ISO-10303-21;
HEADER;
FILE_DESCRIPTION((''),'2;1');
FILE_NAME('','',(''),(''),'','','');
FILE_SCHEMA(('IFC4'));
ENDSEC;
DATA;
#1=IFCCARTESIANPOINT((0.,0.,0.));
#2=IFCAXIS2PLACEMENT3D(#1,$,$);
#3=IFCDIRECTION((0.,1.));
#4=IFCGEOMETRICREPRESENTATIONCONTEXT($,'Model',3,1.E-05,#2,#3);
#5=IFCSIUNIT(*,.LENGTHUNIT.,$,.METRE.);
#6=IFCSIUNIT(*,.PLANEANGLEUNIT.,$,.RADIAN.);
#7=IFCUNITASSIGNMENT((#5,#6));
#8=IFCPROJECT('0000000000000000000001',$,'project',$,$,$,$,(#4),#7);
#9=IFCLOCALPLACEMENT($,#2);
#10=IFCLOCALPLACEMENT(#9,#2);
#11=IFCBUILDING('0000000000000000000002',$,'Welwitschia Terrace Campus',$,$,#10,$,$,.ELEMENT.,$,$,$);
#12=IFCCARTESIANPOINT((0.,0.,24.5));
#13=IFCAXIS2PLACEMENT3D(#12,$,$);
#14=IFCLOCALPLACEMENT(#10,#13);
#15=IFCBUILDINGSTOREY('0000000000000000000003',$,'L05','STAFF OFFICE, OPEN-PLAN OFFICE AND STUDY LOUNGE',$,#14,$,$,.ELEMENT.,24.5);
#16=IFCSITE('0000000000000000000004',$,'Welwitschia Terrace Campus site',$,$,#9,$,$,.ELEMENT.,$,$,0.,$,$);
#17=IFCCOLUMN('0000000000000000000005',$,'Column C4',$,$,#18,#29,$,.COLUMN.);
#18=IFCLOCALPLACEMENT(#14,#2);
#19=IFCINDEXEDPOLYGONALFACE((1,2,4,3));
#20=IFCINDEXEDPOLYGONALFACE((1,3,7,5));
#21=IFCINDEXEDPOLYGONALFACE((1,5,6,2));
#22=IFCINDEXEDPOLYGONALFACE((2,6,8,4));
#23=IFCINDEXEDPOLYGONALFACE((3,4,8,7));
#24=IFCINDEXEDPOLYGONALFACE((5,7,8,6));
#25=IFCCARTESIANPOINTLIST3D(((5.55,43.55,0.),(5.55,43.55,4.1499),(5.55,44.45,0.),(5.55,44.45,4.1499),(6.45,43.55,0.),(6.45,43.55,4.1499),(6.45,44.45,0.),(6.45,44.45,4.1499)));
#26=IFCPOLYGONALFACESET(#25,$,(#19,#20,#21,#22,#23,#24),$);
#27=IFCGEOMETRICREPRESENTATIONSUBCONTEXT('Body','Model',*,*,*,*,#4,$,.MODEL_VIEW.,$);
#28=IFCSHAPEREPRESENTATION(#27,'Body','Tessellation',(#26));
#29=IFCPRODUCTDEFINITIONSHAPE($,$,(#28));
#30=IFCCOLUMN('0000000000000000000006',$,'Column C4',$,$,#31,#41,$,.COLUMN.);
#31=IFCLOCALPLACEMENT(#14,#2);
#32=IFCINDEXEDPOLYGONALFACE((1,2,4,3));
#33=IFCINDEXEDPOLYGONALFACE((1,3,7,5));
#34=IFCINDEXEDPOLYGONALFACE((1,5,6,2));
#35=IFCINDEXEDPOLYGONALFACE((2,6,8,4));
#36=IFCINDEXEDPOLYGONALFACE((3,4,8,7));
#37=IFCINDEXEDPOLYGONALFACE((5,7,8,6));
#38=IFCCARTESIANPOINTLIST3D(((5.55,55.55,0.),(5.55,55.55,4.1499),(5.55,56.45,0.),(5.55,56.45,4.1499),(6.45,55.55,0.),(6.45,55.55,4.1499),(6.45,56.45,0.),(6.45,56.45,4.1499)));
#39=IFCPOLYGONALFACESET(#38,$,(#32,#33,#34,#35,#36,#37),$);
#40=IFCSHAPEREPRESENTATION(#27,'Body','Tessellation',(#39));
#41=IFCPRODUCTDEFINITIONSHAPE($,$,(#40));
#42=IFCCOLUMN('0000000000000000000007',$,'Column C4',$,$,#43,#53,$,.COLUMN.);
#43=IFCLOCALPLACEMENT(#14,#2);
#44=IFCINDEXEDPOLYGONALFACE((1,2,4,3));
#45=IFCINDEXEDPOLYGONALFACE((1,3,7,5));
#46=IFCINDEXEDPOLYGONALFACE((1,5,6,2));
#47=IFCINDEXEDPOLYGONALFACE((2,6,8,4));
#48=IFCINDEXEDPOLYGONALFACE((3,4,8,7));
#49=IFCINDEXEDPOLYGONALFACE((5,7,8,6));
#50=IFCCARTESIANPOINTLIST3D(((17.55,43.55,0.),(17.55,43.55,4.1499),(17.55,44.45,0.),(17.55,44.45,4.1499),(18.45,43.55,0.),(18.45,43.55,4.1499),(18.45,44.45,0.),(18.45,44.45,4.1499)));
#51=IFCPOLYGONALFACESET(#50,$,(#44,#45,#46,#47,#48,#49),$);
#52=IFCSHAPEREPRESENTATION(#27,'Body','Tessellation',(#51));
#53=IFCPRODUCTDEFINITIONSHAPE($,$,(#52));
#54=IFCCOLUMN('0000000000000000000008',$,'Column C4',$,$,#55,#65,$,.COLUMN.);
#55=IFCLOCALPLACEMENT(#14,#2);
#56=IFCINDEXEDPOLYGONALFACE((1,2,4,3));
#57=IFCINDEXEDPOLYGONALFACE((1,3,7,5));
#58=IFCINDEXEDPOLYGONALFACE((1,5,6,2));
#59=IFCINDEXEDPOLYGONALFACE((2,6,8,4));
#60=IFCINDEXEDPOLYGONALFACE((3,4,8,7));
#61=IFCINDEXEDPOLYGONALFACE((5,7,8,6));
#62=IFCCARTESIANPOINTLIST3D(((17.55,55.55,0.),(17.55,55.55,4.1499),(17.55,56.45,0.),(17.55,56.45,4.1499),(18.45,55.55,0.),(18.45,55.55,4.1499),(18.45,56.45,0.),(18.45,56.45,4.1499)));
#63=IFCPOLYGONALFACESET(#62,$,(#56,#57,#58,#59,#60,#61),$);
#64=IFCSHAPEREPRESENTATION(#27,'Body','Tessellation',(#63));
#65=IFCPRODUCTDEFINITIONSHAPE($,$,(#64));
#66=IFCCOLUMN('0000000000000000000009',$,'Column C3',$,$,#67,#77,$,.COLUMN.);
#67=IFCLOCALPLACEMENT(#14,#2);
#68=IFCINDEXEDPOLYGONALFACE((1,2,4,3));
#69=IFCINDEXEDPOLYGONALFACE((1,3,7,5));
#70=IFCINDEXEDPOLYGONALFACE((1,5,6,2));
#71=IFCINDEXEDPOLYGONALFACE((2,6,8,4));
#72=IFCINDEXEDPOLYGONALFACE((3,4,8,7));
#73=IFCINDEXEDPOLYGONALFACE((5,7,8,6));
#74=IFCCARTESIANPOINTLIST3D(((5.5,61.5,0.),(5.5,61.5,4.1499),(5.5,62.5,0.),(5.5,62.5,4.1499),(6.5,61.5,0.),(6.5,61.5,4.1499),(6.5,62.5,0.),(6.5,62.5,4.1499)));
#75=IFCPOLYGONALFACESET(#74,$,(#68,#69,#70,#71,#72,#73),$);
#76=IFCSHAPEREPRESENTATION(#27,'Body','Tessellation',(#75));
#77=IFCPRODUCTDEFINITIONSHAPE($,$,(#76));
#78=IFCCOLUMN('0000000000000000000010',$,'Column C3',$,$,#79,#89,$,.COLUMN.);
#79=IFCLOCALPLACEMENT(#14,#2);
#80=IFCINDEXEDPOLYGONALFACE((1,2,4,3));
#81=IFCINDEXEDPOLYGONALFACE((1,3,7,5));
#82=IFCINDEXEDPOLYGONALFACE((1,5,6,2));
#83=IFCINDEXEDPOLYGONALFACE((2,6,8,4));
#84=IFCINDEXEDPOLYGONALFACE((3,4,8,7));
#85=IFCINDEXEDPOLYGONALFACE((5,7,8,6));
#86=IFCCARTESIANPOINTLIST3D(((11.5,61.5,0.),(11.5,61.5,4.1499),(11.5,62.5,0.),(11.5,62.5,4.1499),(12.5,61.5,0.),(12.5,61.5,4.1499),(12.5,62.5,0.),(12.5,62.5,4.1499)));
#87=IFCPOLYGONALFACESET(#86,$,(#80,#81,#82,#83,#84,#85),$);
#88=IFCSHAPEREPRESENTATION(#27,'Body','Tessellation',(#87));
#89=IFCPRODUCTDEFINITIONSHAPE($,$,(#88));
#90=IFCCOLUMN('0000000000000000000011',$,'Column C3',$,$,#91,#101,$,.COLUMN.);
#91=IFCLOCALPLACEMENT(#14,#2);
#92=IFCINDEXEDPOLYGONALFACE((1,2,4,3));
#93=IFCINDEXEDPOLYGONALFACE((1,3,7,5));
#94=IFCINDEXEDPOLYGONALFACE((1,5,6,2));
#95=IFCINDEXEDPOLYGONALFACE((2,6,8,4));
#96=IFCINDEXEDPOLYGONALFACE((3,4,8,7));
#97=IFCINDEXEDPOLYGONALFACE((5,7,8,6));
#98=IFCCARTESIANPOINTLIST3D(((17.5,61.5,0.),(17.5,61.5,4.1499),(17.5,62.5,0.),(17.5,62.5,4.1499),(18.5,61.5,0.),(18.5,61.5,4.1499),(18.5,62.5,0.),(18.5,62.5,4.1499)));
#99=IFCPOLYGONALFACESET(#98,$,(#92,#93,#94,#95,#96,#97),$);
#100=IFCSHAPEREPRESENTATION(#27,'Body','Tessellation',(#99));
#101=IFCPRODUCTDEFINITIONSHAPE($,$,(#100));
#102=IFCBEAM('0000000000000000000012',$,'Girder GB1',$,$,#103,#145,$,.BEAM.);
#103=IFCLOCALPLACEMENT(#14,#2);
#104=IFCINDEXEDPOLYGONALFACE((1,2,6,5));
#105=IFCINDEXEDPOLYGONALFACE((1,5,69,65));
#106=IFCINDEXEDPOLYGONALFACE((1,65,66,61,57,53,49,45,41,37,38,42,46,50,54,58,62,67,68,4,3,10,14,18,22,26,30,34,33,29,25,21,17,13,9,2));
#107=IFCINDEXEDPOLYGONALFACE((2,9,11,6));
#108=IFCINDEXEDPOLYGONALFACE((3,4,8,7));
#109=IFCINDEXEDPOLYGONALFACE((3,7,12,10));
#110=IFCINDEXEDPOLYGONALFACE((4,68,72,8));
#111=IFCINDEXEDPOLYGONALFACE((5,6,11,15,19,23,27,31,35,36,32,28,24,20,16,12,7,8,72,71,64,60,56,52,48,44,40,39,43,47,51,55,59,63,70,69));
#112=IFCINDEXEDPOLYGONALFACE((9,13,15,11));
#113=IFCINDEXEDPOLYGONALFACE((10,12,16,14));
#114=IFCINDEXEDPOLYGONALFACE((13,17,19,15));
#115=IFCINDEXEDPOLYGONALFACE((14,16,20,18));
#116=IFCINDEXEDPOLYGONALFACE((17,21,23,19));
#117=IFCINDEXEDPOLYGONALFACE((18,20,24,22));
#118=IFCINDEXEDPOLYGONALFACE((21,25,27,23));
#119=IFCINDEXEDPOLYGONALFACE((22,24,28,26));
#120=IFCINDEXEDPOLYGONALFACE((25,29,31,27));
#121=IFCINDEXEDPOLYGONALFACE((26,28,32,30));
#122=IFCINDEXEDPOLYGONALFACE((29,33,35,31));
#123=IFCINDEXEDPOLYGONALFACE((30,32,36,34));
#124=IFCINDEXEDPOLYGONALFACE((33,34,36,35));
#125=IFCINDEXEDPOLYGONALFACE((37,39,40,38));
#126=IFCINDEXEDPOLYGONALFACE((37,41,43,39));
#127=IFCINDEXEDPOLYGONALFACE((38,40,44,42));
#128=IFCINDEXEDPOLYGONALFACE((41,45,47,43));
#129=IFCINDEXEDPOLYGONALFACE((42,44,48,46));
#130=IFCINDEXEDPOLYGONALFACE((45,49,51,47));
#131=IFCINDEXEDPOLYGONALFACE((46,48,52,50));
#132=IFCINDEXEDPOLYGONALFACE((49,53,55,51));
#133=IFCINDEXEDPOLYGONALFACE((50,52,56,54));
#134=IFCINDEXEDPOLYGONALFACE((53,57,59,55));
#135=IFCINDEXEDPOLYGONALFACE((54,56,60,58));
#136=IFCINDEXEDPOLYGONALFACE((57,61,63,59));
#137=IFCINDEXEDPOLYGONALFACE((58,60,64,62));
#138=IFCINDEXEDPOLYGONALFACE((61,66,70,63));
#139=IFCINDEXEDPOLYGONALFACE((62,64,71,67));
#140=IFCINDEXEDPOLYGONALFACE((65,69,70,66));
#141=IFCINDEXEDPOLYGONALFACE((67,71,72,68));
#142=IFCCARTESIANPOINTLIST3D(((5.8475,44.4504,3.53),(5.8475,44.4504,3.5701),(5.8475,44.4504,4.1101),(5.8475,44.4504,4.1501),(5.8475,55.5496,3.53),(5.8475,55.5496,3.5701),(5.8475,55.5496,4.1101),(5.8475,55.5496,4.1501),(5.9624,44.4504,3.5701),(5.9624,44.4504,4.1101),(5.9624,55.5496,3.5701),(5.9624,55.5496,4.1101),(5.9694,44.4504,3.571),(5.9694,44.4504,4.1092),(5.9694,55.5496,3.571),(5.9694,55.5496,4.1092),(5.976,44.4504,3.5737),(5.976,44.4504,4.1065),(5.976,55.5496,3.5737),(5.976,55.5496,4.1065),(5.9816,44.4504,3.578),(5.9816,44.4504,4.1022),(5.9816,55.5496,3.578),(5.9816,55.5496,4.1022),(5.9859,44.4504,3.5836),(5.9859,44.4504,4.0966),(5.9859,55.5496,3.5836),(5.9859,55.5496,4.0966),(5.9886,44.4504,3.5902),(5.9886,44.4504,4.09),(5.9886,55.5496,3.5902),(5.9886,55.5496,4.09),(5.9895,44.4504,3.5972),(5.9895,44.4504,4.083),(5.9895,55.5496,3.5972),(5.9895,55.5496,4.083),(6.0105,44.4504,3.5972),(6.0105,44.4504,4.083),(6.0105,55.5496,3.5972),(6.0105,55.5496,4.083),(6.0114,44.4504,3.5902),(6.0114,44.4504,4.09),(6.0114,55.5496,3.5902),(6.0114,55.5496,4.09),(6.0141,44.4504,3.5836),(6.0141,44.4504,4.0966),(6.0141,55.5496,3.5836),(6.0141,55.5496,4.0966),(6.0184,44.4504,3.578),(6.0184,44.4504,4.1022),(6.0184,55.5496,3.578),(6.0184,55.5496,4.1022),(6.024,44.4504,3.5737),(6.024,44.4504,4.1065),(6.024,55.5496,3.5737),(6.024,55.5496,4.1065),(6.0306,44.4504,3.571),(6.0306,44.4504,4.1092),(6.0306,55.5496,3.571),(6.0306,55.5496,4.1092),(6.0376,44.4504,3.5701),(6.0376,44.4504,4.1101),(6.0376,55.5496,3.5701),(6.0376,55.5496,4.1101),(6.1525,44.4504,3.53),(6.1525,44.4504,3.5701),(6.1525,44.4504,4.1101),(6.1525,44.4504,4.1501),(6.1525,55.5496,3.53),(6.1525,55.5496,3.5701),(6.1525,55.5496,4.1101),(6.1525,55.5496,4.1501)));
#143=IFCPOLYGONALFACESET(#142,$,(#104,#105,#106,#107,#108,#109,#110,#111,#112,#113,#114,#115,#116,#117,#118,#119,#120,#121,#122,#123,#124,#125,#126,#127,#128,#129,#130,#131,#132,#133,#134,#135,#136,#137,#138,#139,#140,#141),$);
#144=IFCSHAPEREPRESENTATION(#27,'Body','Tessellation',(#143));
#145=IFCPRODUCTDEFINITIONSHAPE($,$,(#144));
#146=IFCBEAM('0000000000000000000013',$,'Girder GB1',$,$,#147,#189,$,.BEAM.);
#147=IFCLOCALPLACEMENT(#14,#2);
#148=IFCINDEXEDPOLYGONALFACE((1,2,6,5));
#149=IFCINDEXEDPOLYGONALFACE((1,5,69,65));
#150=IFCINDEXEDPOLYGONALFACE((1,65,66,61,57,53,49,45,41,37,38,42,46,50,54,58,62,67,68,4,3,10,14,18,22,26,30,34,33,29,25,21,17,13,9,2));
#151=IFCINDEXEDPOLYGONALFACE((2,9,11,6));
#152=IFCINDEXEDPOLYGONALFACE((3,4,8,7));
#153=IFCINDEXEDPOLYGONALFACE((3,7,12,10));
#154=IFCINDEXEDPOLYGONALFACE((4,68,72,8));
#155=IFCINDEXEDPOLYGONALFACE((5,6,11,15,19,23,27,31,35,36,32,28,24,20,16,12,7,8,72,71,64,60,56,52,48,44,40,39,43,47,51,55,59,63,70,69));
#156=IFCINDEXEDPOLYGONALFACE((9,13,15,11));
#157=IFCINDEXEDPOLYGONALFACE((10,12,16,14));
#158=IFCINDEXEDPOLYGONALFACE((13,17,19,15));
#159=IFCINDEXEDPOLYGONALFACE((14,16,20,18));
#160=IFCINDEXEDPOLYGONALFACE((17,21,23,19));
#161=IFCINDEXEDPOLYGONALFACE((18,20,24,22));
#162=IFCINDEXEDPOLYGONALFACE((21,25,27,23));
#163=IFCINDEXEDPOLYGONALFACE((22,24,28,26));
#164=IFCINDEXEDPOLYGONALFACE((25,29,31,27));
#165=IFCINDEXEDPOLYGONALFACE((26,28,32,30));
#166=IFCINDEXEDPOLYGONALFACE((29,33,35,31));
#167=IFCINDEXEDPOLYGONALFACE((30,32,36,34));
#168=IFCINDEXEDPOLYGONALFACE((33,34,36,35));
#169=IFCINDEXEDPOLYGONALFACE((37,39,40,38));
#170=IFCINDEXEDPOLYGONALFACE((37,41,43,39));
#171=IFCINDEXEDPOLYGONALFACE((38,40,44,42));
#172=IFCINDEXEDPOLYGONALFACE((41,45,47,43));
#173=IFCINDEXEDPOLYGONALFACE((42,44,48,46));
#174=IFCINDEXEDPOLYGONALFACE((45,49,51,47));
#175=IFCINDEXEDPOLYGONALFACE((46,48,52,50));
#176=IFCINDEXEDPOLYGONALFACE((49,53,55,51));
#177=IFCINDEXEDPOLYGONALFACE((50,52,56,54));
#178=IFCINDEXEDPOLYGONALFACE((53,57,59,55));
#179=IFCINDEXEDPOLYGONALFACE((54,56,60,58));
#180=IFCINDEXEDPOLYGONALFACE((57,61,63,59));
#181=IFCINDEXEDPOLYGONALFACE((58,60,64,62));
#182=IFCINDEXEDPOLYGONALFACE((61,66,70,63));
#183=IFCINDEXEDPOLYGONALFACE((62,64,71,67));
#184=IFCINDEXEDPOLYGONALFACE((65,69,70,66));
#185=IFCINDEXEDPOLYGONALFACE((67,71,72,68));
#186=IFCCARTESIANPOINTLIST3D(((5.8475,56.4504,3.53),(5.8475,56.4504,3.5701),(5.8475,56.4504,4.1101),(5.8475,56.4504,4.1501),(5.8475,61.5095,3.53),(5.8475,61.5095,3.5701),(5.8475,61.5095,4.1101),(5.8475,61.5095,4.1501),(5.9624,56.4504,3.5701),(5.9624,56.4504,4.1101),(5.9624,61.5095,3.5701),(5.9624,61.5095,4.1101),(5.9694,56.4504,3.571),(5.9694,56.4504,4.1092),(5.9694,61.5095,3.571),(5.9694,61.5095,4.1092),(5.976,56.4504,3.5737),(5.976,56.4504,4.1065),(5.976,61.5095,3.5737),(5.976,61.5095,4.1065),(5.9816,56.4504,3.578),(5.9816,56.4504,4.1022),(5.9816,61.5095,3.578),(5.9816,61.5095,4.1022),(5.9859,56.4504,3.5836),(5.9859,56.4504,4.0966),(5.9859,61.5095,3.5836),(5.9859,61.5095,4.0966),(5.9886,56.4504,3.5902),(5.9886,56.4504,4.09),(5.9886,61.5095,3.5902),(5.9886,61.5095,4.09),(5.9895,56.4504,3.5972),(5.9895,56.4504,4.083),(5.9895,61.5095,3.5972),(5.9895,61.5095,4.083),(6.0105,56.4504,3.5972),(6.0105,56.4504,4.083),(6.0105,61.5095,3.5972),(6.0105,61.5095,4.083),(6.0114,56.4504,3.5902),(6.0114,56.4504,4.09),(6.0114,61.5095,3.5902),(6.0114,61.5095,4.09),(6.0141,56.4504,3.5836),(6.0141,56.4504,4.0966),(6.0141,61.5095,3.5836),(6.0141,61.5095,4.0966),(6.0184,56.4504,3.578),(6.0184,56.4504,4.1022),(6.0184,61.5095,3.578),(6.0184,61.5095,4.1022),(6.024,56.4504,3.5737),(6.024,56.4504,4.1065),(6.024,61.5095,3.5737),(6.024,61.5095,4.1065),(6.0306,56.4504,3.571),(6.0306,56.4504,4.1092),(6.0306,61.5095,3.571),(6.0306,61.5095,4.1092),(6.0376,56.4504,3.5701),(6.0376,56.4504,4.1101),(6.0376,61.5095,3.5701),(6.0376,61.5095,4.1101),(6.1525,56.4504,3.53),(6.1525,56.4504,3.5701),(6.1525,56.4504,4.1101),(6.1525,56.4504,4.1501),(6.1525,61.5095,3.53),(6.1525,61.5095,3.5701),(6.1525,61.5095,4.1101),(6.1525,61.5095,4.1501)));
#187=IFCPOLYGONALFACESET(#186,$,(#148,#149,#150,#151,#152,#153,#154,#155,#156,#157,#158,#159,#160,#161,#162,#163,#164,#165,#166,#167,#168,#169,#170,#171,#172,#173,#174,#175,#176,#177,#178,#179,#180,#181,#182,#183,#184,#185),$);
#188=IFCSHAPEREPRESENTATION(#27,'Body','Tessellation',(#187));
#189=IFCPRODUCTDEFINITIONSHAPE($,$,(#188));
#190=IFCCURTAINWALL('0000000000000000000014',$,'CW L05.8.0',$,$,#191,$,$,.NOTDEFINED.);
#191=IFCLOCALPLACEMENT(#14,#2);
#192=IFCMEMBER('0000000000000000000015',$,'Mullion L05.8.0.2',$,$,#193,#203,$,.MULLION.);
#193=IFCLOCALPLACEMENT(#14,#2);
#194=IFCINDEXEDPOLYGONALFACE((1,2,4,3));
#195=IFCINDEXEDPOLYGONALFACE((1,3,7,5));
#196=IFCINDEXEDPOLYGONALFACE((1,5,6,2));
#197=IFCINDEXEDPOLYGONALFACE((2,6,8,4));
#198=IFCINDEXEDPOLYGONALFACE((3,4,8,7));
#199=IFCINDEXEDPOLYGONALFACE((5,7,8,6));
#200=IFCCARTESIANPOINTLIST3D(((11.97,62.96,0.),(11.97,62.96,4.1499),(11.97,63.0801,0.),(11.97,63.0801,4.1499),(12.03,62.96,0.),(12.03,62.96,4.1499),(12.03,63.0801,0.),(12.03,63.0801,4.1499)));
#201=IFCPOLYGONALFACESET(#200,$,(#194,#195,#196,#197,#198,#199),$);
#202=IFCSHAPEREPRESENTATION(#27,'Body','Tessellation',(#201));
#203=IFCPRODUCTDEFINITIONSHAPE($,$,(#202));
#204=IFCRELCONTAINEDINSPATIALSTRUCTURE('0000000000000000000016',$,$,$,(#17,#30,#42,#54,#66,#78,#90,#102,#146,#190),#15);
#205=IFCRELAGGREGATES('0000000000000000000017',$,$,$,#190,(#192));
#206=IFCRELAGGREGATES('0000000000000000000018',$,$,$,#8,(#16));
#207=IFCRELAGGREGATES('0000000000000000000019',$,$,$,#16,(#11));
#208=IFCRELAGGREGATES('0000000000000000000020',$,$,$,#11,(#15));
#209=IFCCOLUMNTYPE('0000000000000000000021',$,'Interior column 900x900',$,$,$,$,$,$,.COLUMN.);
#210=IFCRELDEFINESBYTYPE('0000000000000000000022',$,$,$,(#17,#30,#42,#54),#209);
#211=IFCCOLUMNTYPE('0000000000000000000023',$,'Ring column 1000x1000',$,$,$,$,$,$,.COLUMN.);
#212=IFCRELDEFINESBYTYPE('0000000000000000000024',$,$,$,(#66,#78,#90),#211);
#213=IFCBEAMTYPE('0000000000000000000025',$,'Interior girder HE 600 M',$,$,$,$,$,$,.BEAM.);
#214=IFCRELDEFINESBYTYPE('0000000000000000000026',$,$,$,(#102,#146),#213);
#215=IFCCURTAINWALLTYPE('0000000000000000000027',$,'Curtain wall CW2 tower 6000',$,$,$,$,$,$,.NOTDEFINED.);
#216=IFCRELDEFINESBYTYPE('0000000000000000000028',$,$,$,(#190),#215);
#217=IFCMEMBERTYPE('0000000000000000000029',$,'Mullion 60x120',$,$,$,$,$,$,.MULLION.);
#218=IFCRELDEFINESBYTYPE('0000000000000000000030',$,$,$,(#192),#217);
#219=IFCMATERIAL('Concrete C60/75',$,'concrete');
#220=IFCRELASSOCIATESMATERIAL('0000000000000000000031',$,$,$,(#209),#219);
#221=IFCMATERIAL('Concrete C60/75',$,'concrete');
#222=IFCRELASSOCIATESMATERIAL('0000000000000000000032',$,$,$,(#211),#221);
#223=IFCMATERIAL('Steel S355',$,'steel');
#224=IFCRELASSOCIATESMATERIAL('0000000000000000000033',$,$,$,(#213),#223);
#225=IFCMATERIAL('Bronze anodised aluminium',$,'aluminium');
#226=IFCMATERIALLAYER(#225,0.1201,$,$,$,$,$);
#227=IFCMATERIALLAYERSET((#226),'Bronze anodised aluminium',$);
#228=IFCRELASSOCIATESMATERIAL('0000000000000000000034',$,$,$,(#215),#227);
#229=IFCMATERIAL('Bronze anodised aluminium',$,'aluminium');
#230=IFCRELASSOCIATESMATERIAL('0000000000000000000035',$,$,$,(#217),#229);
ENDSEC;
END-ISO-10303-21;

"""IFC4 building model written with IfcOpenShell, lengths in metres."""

from ifc_helpers import new_model, si_unit, direction, frame, origin, origin_2d, place, context, subcontext, project, spatial, rectangle, i_section, extrude, material, layer, layer_set, material_profile, profile_set, type_object, element, aggregate, save


model = new_model("IFC4")

# Units and contexts
model_context = context("Model", 3, precision=1e-05, world=origin(), true_north=direction((0.0, 1.0)))
body_context = subcontext(model_context, "Body", "Model", "MODEL_VIEW")
ifc_project = project(units=[si_unit("LENGTHUNIT", "METRE"), si_unit("PLANEANGLEUNIT", "RADIAN")], contexts=[model_context])

# Site, building, storey
site_placement = place(None, origin())
site = spatial("IfcSite", under=ifc_project, at=site_placement, Name="Welwitschia Terrace Campus site", CompositionType="ELEMENT", RefElevation=0.0)
building_placement = place(site_placement, origin())
building = spatial("IfcBuilding", under=site, at=building_placement, Name="Welwitschia Terrace Campus", CompositionType="ELEMENT")
storey_placement = place(building_placement, frame((0.0, 0.0, 24.5)))
storey = spatial("IfcBuildingStorey", under=building, at=storey_placement, Name="L05", Description="STAFF OFFICE, OPEN-PLAN OFFICE AND STUDY LOUNGE", CompositionType="ELEMENT", Elevation=24.5)

# Columns
ifc_material_1 = material(Name="Concrete C60/75", Category="concrete")
ifc_material_profile_1 = material_profile(ifc_material_1, rectangle(XDim=0.8999, YDim=0.8999, at=origin_2d()))
ifc_profile_set_1 = profile_set([ifc_material_profile_1], Name="Concrete C60/75")
column_type_1 = type_object("IfcColumnType", Name="Interior column 900x900", PredefinedType="COLUMN", material=ifc_profile_set_1)
for number, where, z_axis, x_axis, name in (
    (1, (6.0, 44.0, 0.0), (0.0, 0.0, 1.0), (1.0, 0.0, 0.0), "Column C4"),
    (2, (6.0, 56.0, 0.0), (0.0, 0.0, 1.0), (1.0, 0.0, 0.0), "Column C4"),
    (3, (18.0, 44.0, 0.0), (0.0, 0.0, 1.0), (1.0, 0.0, 0.0), "Column C4"),
    (4, (18.0, 56.0, 0.0), (0.0, 0.0, 1.0), (1.0, 0.0, 0.0), "Column C4"),
):
    element("IfcColumn", number, at=place(storey_placement, frame(where, z_axis=z_axis, x_axis=x_axis)), inside=storey, type_object=column_type_1, Name=name, PredefinedType="COLUMN", context=body_context, shape_type="SweptSolid", body=[
        extrude(rectangle(XDim=0.8999, YDim=0.8999, at=origin_2d()), origin(), (0.0, 0.0, 1.0), 4.1499),
    ])
ifc_material_2 = material(Name="Concrete C60/75", Category="concrete")
ifc_material_profile_2 = material_profile(ifc_material_2, rectangle(XDim=1.0, YDim=1.0, at=origin_2d()))
ifc_profile_set_2 = profile_set([ifc_material_profile_2], Name="Concrete C60/75")
column_type_2 = type_object("IfcColumnType", Name="Ring column 1000x1000", PredefinedType="COLUMN", material=ifc_profile_set_2)
for number, where, z_axis, x_axis, name in (
    (5, (6.0, 62.0, 0.0), (0.0, 0.0, 1.0), (1.0, 0.0, 0.0), "Column C3"),
    (6, (12.0, 62.0, 0.0), (0.0, 0.0, 1.0), (1.0, 0.0, 0.0), "Column C3"),
    (7, (18.0, 62.0, 0.0), (0.0, 0.0, 1.0), (1.0, 0.0, 0.0), "Column C3"),
):
    element("IfcColumn", number, at=place(storey_placement, frame(where, z_axis=z_axis, x_axis=x_axis)), inside=storey, type_object=column_type_2, Name=name, PredefinedType="COLUMN", context=body_context, shape_type="SweptSolid", body=[
        extrude(rectangle(XDim=1.0, YDim=1.0, at=origin_2d()), origin(), (0.0, 0.0, 1.0), 4.1499),
    ])

# Beams
ifc_material_3 = material(Name="Steel S355", Category="steel")
ifc_material_profile_3 = material_profile(ifc_material_3, i_section(OverallWidth=0.3049, OverallDepth=0.6201, WebThickness=0.021, FlangeThickness=0.04, FilletRadius=0.0271, at=origin_2d()))
ifc_profile_set_3 = profile_set([ifc_material_profile_3], Name="Steel S355")
beam_type_1 = type_object("IfcBeamType", Name="Interior girder HE 600 M", PredefinedType="BEAM", material=ifc_profile_set_3)
beam_1_placement = place(storey_placement, frame((6.0, 44.4504, 3.8401), z_axis=(0.0, 1.0, 0.0), x_axis=(-1.0, 0.0, 0.0)))
element("IfcBeam", 8, at=beam_1_placement, inside=storey, type_object=beam_type_1, Name="Girder GB1", PredefinedType="BEAM", context=body_context, shape_type="SweptSolid", body=[
    extrude(i_section(OverallWidth=0.3049, OverallDepth=0.6201, WebThickness=0.021, FlangeThickness=0.04, FilletRadius=0.0271, at=origin_2d()), origin(), (0.0, 0.0, 1.0), 11.0991),
])
beam_2_placement = place(storey_placement, frame((6.0, 56.4504, 3.8401), z_axis=(0.0, 1.0, 0.0), x_axis=(-1.0, 0.0, 0.0)))
element("IfcBeam", 9, at=beam_2_placement, inside=storey, type_object=beam_type_1, Name="Girder GB1", PredefinedType="BEAM", context=body_context, shape_type="SweptSolid", body=[
    extrude(i_section(OverallWidth=0.3049, OverallDepth=0.6201, WebThickness=0.021, FlangeThickness=0.04, FilletRadius=0.0271, at=origin_2d()), origin(), (0.0, 0.0, 1.0), 5.0591),
])

# Curtain wall, member
ifc_material_4 = material(Name="Bronze anodised aluminium", Category="aluminium")
ifc_layer_1 = layer(ifc_material_4, 0.1201)
ifc_layer_set_1 = layer_set([ifc_layer_1], Name="Bronze anodised aluminium")
curtain_wall_type = type_object("IfcCurtainWallType", Name="Curtain wall CW2 tower 6000", PredefinedType="NOTDEFINED", material=ifc_layer_set_1)
curtain_wall_placement = place(storey_placement, origin())
curtain_wall = element("IfcCurtainWall", 10, at=curtain_wall_placement, inside=storey, type_object=curtain_wall_type, Name="CW L05.8.0", PredefinedType="NOTDEFINED")
ifc_material_5 = material(Name="Bronze anodised aluminium", Category="aluminium")
ifc_material_profile_4 = material_profile(ifc_material_5, rectangle(XDim=0.1201, YDim=0.0601, at=origin_2d()))
ifc_profile_set_4 = profile_set([ifc_material_profile_4], Name="Bronze anodised aluminium")
member_type = type_object("IfcMemberType", Name="Mullion 60x120", PredefinedType="MULLION", material=ifc_profile_set_4)
member_placement = place(storey_placement, frame((12.0, 63.02, 0.0), z_axis=(0.0, 0.0, 1.0), x_axis=(0.0, -1.0, 0.0)))
member = element("IfcMember", 11, at=member_placement, type_object=member_type, Name="Mullion L05.8.0.2", PredefinedType="MULLION", context=body_context, shape_type="SweptSolid", body=[
    extrude(rectangle(XDim=0.1201, YDim=0.0601, at=origin_2d()), origin(), (0.0, 0.0, 1.0), 4.1499),
])

aggregate(curtain_wall, [member])

save(model, "model.ifc")
